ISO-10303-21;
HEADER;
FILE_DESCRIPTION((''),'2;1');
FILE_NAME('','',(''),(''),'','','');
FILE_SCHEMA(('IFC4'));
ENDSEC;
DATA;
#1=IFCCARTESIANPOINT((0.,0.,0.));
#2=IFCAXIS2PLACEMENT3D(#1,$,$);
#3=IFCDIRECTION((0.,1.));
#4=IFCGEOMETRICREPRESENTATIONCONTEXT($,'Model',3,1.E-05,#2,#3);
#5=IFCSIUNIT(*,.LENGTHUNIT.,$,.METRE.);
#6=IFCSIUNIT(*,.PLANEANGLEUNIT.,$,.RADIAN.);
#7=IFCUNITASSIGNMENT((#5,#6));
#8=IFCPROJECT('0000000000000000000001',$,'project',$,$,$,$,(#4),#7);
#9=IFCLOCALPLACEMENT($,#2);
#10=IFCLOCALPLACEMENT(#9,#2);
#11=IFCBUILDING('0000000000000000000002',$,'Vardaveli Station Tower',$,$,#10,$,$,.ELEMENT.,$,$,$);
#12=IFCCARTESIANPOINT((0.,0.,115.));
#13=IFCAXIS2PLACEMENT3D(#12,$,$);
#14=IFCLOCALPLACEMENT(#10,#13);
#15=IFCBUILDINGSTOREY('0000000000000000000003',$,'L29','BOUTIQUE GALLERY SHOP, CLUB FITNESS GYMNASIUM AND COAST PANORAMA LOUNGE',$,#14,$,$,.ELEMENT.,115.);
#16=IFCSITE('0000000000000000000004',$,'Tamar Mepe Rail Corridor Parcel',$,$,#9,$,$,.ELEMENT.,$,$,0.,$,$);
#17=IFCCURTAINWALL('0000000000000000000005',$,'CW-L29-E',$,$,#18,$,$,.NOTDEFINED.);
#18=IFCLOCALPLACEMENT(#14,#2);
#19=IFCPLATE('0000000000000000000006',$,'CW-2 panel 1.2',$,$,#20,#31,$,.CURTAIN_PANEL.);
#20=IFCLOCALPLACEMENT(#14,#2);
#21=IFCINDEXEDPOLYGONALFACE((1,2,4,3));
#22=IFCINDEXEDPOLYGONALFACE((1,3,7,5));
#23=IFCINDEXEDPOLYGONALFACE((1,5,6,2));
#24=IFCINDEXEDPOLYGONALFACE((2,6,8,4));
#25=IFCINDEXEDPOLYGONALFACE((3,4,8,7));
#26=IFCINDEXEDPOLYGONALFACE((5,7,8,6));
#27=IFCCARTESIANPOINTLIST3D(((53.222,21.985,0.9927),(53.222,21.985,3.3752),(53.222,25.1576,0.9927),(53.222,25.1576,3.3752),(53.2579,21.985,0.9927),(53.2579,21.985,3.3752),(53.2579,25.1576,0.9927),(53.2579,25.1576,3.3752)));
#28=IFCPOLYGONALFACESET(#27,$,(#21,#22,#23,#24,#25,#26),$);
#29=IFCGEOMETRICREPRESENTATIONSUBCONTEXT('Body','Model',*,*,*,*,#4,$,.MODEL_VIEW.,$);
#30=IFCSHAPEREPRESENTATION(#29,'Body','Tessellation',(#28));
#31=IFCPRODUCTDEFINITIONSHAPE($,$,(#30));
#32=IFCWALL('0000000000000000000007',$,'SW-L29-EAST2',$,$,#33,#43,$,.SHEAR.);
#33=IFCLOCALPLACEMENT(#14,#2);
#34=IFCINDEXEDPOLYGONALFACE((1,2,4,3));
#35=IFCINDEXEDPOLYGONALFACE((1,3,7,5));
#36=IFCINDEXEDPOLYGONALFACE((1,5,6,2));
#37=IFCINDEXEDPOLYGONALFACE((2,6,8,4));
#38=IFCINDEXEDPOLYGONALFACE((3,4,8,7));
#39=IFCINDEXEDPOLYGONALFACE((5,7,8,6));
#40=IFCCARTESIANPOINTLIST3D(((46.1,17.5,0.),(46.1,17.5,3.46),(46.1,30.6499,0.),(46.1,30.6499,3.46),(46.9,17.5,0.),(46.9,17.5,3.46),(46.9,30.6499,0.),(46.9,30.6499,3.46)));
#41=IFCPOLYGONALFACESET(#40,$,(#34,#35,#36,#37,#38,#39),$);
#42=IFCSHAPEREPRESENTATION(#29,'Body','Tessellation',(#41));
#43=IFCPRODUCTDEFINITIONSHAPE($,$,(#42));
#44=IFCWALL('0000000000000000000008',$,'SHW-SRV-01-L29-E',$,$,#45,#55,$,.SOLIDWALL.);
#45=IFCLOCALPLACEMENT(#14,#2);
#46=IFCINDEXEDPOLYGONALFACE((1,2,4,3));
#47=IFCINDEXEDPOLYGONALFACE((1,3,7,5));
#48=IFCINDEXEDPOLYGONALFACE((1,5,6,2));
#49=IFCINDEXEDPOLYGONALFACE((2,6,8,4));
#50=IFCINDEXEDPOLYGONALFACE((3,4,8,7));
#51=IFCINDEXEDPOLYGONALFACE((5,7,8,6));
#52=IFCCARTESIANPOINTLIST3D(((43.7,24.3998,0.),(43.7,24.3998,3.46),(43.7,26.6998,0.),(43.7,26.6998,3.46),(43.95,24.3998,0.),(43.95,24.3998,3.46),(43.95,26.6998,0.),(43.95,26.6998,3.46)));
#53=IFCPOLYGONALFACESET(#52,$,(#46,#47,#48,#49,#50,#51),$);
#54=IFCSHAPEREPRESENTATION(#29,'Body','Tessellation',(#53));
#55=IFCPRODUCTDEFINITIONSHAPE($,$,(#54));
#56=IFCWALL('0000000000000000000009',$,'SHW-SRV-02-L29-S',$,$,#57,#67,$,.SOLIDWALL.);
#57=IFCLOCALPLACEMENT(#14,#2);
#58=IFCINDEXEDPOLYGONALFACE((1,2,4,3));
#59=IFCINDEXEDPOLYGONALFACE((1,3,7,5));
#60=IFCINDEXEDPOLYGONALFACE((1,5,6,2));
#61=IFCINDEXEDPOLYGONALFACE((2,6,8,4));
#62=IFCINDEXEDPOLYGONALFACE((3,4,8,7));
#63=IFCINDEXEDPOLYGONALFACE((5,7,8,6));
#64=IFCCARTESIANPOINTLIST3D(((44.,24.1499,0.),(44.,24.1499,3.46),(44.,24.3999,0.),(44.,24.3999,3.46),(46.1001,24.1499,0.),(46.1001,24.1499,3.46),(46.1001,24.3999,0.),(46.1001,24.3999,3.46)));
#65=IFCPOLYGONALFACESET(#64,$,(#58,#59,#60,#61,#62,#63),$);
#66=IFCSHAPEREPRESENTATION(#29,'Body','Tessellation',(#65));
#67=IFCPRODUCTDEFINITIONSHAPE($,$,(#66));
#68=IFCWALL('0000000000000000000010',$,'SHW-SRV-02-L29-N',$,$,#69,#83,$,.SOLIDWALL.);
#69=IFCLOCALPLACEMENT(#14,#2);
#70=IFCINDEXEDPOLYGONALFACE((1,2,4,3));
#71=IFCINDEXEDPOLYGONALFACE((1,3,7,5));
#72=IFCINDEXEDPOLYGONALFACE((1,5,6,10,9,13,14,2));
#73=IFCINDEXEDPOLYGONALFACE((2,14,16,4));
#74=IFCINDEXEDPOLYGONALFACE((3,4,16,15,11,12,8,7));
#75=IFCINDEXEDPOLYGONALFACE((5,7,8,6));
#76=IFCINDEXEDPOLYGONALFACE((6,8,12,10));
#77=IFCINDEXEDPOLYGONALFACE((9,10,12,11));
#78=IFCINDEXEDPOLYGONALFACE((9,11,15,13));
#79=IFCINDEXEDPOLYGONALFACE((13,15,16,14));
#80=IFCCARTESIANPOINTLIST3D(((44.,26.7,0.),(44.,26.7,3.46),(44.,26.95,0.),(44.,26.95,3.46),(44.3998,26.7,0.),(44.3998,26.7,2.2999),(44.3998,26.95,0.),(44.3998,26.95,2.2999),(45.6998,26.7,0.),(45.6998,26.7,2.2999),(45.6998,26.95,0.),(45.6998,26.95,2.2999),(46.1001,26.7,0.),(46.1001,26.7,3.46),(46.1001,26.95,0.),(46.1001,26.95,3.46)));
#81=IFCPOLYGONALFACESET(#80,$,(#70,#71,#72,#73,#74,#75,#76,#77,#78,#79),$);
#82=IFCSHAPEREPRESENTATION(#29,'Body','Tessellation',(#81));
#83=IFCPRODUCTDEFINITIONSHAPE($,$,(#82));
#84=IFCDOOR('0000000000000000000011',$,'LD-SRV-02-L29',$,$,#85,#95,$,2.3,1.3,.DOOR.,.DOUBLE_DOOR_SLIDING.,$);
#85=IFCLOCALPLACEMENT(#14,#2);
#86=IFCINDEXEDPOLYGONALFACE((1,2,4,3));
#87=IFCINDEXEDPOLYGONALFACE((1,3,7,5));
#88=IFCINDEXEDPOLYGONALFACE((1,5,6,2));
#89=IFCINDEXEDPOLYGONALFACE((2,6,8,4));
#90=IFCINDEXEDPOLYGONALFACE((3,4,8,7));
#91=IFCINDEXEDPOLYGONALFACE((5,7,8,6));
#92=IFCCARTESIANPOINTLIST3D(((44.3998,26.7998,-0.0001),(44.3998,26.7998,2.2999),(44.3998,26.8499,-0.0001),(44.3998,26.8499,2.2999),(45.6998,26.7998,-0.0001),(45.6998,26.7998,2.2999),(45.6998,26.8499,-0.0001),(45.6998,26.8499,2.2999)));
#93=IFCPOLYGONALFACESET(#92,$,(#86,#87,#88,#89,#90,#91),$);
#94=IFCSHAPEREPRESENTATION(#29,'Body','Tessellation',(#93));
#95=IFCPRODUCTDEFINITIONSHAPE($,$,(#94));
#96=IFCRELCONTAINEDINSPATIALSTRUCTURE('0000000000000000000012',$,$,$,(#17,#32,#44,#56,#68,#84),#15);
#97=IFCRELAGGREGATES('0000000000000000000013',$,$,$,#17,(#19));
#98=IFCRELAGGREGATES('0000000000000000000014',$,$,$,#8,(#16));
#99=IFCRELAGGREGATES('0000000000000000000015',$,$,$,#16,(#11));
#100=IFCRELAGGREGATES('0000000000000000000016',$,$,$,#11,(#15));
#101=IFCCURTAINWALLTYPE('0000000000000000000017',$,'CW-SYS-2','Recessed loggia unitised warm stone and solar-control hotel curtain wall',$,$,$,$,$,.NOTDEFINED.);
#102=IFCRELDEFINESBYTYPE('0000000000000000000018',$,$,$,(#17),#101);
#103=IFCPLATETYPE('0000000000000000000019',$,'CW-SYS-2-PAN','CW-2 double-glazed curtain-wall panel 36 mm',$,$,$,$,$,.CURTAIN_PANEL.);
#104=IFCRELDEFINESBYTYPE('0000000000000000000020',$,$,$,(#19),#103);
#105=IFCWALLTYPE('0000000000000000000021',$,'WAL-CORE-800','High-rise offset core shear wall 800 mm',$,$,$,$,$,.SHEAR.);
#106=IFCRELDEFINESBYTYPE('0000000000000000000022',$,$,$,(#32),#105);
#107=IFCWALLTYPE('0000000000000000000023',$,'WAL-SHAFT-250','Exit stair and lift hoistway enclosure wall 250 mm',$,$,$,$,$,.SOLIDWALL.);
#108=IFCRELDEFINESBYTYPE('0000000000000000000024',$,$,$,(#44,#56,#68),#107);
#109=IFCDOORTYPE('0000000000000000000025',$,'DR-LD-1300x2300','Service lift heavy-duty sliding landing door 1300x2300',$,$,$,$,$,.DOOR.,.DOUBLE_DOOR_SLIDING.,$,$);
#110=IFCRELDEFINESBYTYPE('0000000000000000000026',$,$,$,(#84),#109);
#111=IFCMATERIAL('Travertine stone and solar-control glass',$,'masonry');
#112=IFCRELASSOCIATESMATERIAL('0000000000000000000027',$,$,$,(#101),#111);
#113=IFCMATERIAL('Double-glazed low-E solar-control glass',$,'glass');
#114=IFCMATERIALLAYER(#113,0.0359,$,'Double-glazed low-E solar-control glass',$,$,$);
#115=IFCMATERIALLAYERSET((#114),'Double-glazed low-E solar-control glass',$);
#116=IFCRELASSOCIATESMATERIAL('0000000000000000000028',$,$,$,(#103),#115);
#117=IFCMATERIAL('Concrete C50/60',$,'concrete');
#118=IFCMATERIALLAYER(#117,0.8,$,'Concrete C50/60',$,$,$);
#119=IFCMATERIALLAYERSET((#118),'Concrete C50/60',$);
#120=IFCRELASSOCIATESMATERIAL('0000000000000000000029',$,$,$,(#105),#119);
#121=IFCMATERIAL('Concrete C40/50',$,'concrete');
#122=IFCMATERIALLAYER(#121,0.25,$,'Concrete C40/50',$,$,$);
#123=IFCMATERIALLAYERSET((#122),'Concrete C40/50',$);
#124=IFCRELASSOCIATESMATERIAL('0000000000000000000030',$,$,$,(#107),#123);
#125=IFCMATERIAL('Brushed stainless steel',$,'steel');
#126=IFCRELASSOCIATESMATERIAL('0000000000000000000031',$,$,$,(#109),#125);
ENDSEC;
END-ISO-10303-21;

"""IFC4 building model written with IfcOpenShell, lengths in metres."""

from ifc_helpers import new_model, si_unit, direction, frame, frame_2d, origin, origin_2d, place, context, subcontext, project, spatial, rectangle, extrude, source, transform, mapped, material, layer, layer_set, type_object, element, fill, aggregate, save


model = new_model("IFC4")

# Units and contexts
model_context = context("Model", 3, precision=1e-05, world=origin(), true_north=direction((0.0, 1.0)))
body_context = subcontext(model_context, "Body", "Model", "MODEL_VIEW")
ifc_project = project(units=[si_unit("LENGTHUNIT", "METRE"), si_unit("PLANEANGLEUNIT", "RADIAN")], contexts=[model_context])

# Site, building, storey
site_placement = place(None, origin())
site = spatial("IfcSite", under=ifc_project, at=site_placement, Name="Tamar Mepe Rail Corridor Parcel", CompositionType="ELEMENT", RefElevation=0.0)
building_placement = place(site_placement, origin())
building = spatial("IfcBuilding", under=site, at=building_placement, Name="Vardaveli Station Tower", CompositionType="ELEMENT")
storey_placement = place(building_placement, frame((0.0, 0.0, 115.0)))
storey = spatial("IfcBuildingStorey", under=building, at=storey_placement, Name="L29", Description="BOUTIQUE GALLERY SHOP, CLUB FITNESS GYMNASIUM AND COAST PANORAMA LOUNGE", CompositionType="ELEMENT", Elevation=115.0)

# Curtain wall, plate
ifc_material_1 = material(Name="Travertine stone and solar-control glass", Category="masonry")
curtain_wall_type = type_object("IfcCurtainWallType", Name="CW-SYS-2", Description="Recessed loggia unitised warm stone and solar-control hotel curtain wall", PredefinedType="NOTDEFINED", material=ifc_material_1)
curtain_wall_placement = place(storey_placement, origin())
curtain_wall = element("IfcCurtainWall", 1, at=curtain_wall_placement, inside=storey, type_object=curtain_wall_type, Name="CW-L29-E", PredefinedType="NOTDEFINED")
ifc_material_2 = material(Name="Double-glazed low-E solar-control glass", Category="glass")
ifc_layer_1 = layer(ifc_material_2, 0.0359, Name="Double-glazed low-E solar-control glass")
ifc_layer_set_1 = layer_set([ifc_layer_1], Name="Double-glazed low-E solar-control glass")
plate_type = type_object("IfcPlateType", Name="CW-SYS-2-PAN", Description="CW-2 double-glazed curtain-wall panel 36 mm", PredefinedType="CURTAIN_PANEL", material=ifc_layer_set_1)
shared_shape_1 = source(origin(), body_context, "Body", "SweptSolid", [
    extrude(rectangle(XDim=3.1726, YDim=0.0359, at=origin_2d()), origin(), (0.0, 0.0, 1.0), 2.3826),
])
plate_1_placement = place(storey_placement, frame((53.24, 23.5713, 0.9927), z_axis=(0.0, 0.0, 1.0), x_axis=(0.0, 1.0, 0.0)))
plate_1 = element("IfcPlate", 2, at=plate_1_placement, type_object=plate_type, Name="CW-2 panel 1.2", PredefinedType="CURTAIN_PANEL", context=body_context, shape_type="MappedRepresentation", body=[
    mapped(shared_shape_1, transform((0.0, 0.0, 0.0), scale=1.0)),
])
aggregate(curtain_wall, [plate_1])

# Walls
ifc_material_3 = material(Name="Concrete C50/60", Category="concrete")
ifc_layer_2 = layer(ifc_material_3, 0.8, Name="Concrete C50/60")
ifc_layer_set_2 = layer_set([ifc_layer_2], Name="Concrete C50/60")
wall_type_1 = type_object("IfcWallType", Name="WAL-CORE-800", Description="High-rise offset core shear wall 800 mm", PredefinedType="SHEAR", material=ifc_layer_set_2)
shared_shape_2 = source(origin(), body_context, "Body", "SweptSolid", [
    extrude(rectangle(XDim=13.1499, YDim=0.8, at=frame_2d((6.575, 0.0))), origin(), (0.0, 0.0, 1.0), 3.46),
])
wall_1_placement = place(storey_placement, frame((46.5, 17.5, 0.0), z_axis=(0.0, 0.0, 1.0), x_axis=(0.0, 1.0, 0.0)))
element("IfcWall", 3, at=wall_1_placement, inside=storey, type_object=wall_type_1, Name="SW-L29-EAST2", PredefinedType="SHEAR", context=body_context, shape_type="MappedRepresentation", body=[
    mapped(shared_shape_2, transform((0.0, 0.0, 0.0), scale=1.0)),
])
ifc_material_4 = material(Name="Concrete C40/50", Category="concrete")
ifc_layer_3 = layer(ifc_material_4, 0.25, Name="Concrete C40/50")
ifc_layer_set_3 = layer_set([ifc_layer_3], Name="Concrete C40/50")
wall_type_2 = type_object("IfcWallType", Name="WAL-SHAFT-250", Description="Exit stair and lift hoistway enclosure wall 250 mm", PredefinedType="SOLIDWALL", material=ifc_layer_set_3)
shared_shape_3 = source(origin(), body_context, "Body", "SweptSolid", [
    extrude(rectangle(XDim=2.3, YDim=0.25, at=frame_2d((1.1499, 0.0))), origin(), (0.0, 0.0, 1.0), 3.46),
])
wall_2_placement = place(storey_placement, frame((43.825, 24.3999, 0.0), z_axis=(0.0, 0.0, 1.0), x_axis=(0.0, 1.0, 0.0)))
element("IfcWall", 4, at=wall_2_placement, inside=storey, type_object=wall_type_2, Name="SHW-SRV-01-L29-E", PredefinedType="SOLIDWALL", context=body_context, shape_type="MappedRepresentation", body=[
    mapped(shared_shape_3, transform((0.0, 0.0, 0.0), scale=1.0)),
])
shared_shape_4 = source(origin(), body_context, "Body", "SweptSolid", [
    extrude(rectangle(XDim=2.1001, YDim=0.25, at=frame_2d((1.05, 0.0))), origin(), (0.0, 0.0, 1.0), 3.46),
])
wall_3_placement = place(storey_placement, frame((44.0, 24.2749, 0.0), z_axis=(0.0, 0.0, 1.0), x_axis=(1.0, 0.0, 0.0)))
element("IfcWall", 5, at=wall_3_placement, inside=storey, type_object=wall_type_2, Name="SHW-SRV-02-L29-S", PredefinedType="SOLIDWALL", context=body_context, shape_type="MappedRepresentation", body=[
    mapped(shared_shape_4, transform((0.0, 0.0, 0.0), scale=1.0)),
])

# Wall, opening, door
wall_4_placement = place(storey_placement, frame((44.0, 26.825, 0.0), z_axis=(0.0, 0.0, 1.0), x_axis=(1.0, 0.0, 0.0)))
wall_4 = element("IfcWall", 6, at=wall_4_placement, inside=storey, type_object=wall_type_2, Name="SHW-SRV-02-L29-N", PredefinedType="SOLIDWALL", context=body_context, shape_type="MappedRepresentation", body=[
    mapped(shared_shape_4, transform((0.0, 0.0, 0.0), scale=1.0)),
])
shared_shape_5 = source(origin(), body_context, "Body", "SweptSolid", [
    extrude(rectangle(XDim=1.3, YDim=2.3, at=frame_2d((0.6499, 1.1499))), frame((0.0, 0.135, 0.0), z_axis=(0.0, -1.0, 0.0), x_axis=(1.0, 0.0, 0.0)), (0.0, 0.0, 1.0), 0.27),
])
opening_placement = place(wall_4_placement, frame((0.3999, 0.0, 0.0)))
opening = element("IfcOpeningElement", 7, at=opening_placement, cuts=wall_4, PredefinedType="OPENING", context=body_context, shape_type="MappedRepresentation", body=[
    mapped(shared_shape_5, transform((0.0, 0.0, 0.0), scale=1.0)),
])
ifc_material_5 = material(Name="Brushed stainless steel", Category="steel")
door_type = type_object("IfcDoorType", Name="DR-LD-1300x2300", Description="Service lift heavy-duty sliding landing door 1300x2300", OperationType="DOUBLE_DOOR_SLIDING", PredefinedType="DOOR", material=ifc_material_5)
shared_shape_6 = source(origin(), body_context, "Body", "SweptSolid", [
    extrude(rectangle(XDim=1.3, YDim=2.3, at=frame_2d((0.6499, 1.1499))), frame((0.0, 0.0249, 0.0), z_axis=(0.0, -1.0, 0.0), x_axis=(1.0, 0.0, 0.0)), (0.0, 0.0, 1.0), 0.05),
])
door_placement = place(opening_placement, origin())
door = element("IfcDoor", 8, at=door_placement, inside=storey, type_object=door_type, Name="LD-SRV-02-L29", OperationType="DOUBLE_DOOR_SLIDING", OverallHeight=2.3, OverallWidth=1.3, PredefinedType="DOOR", context=body_context, shape_type="MappedRepresentation", body=[
    mapped(shared_shape_6, transform((0.0, 0.0, 0.0), scale=1.0)),
])
fill(opening, door)

save(model, "model.ifc")
